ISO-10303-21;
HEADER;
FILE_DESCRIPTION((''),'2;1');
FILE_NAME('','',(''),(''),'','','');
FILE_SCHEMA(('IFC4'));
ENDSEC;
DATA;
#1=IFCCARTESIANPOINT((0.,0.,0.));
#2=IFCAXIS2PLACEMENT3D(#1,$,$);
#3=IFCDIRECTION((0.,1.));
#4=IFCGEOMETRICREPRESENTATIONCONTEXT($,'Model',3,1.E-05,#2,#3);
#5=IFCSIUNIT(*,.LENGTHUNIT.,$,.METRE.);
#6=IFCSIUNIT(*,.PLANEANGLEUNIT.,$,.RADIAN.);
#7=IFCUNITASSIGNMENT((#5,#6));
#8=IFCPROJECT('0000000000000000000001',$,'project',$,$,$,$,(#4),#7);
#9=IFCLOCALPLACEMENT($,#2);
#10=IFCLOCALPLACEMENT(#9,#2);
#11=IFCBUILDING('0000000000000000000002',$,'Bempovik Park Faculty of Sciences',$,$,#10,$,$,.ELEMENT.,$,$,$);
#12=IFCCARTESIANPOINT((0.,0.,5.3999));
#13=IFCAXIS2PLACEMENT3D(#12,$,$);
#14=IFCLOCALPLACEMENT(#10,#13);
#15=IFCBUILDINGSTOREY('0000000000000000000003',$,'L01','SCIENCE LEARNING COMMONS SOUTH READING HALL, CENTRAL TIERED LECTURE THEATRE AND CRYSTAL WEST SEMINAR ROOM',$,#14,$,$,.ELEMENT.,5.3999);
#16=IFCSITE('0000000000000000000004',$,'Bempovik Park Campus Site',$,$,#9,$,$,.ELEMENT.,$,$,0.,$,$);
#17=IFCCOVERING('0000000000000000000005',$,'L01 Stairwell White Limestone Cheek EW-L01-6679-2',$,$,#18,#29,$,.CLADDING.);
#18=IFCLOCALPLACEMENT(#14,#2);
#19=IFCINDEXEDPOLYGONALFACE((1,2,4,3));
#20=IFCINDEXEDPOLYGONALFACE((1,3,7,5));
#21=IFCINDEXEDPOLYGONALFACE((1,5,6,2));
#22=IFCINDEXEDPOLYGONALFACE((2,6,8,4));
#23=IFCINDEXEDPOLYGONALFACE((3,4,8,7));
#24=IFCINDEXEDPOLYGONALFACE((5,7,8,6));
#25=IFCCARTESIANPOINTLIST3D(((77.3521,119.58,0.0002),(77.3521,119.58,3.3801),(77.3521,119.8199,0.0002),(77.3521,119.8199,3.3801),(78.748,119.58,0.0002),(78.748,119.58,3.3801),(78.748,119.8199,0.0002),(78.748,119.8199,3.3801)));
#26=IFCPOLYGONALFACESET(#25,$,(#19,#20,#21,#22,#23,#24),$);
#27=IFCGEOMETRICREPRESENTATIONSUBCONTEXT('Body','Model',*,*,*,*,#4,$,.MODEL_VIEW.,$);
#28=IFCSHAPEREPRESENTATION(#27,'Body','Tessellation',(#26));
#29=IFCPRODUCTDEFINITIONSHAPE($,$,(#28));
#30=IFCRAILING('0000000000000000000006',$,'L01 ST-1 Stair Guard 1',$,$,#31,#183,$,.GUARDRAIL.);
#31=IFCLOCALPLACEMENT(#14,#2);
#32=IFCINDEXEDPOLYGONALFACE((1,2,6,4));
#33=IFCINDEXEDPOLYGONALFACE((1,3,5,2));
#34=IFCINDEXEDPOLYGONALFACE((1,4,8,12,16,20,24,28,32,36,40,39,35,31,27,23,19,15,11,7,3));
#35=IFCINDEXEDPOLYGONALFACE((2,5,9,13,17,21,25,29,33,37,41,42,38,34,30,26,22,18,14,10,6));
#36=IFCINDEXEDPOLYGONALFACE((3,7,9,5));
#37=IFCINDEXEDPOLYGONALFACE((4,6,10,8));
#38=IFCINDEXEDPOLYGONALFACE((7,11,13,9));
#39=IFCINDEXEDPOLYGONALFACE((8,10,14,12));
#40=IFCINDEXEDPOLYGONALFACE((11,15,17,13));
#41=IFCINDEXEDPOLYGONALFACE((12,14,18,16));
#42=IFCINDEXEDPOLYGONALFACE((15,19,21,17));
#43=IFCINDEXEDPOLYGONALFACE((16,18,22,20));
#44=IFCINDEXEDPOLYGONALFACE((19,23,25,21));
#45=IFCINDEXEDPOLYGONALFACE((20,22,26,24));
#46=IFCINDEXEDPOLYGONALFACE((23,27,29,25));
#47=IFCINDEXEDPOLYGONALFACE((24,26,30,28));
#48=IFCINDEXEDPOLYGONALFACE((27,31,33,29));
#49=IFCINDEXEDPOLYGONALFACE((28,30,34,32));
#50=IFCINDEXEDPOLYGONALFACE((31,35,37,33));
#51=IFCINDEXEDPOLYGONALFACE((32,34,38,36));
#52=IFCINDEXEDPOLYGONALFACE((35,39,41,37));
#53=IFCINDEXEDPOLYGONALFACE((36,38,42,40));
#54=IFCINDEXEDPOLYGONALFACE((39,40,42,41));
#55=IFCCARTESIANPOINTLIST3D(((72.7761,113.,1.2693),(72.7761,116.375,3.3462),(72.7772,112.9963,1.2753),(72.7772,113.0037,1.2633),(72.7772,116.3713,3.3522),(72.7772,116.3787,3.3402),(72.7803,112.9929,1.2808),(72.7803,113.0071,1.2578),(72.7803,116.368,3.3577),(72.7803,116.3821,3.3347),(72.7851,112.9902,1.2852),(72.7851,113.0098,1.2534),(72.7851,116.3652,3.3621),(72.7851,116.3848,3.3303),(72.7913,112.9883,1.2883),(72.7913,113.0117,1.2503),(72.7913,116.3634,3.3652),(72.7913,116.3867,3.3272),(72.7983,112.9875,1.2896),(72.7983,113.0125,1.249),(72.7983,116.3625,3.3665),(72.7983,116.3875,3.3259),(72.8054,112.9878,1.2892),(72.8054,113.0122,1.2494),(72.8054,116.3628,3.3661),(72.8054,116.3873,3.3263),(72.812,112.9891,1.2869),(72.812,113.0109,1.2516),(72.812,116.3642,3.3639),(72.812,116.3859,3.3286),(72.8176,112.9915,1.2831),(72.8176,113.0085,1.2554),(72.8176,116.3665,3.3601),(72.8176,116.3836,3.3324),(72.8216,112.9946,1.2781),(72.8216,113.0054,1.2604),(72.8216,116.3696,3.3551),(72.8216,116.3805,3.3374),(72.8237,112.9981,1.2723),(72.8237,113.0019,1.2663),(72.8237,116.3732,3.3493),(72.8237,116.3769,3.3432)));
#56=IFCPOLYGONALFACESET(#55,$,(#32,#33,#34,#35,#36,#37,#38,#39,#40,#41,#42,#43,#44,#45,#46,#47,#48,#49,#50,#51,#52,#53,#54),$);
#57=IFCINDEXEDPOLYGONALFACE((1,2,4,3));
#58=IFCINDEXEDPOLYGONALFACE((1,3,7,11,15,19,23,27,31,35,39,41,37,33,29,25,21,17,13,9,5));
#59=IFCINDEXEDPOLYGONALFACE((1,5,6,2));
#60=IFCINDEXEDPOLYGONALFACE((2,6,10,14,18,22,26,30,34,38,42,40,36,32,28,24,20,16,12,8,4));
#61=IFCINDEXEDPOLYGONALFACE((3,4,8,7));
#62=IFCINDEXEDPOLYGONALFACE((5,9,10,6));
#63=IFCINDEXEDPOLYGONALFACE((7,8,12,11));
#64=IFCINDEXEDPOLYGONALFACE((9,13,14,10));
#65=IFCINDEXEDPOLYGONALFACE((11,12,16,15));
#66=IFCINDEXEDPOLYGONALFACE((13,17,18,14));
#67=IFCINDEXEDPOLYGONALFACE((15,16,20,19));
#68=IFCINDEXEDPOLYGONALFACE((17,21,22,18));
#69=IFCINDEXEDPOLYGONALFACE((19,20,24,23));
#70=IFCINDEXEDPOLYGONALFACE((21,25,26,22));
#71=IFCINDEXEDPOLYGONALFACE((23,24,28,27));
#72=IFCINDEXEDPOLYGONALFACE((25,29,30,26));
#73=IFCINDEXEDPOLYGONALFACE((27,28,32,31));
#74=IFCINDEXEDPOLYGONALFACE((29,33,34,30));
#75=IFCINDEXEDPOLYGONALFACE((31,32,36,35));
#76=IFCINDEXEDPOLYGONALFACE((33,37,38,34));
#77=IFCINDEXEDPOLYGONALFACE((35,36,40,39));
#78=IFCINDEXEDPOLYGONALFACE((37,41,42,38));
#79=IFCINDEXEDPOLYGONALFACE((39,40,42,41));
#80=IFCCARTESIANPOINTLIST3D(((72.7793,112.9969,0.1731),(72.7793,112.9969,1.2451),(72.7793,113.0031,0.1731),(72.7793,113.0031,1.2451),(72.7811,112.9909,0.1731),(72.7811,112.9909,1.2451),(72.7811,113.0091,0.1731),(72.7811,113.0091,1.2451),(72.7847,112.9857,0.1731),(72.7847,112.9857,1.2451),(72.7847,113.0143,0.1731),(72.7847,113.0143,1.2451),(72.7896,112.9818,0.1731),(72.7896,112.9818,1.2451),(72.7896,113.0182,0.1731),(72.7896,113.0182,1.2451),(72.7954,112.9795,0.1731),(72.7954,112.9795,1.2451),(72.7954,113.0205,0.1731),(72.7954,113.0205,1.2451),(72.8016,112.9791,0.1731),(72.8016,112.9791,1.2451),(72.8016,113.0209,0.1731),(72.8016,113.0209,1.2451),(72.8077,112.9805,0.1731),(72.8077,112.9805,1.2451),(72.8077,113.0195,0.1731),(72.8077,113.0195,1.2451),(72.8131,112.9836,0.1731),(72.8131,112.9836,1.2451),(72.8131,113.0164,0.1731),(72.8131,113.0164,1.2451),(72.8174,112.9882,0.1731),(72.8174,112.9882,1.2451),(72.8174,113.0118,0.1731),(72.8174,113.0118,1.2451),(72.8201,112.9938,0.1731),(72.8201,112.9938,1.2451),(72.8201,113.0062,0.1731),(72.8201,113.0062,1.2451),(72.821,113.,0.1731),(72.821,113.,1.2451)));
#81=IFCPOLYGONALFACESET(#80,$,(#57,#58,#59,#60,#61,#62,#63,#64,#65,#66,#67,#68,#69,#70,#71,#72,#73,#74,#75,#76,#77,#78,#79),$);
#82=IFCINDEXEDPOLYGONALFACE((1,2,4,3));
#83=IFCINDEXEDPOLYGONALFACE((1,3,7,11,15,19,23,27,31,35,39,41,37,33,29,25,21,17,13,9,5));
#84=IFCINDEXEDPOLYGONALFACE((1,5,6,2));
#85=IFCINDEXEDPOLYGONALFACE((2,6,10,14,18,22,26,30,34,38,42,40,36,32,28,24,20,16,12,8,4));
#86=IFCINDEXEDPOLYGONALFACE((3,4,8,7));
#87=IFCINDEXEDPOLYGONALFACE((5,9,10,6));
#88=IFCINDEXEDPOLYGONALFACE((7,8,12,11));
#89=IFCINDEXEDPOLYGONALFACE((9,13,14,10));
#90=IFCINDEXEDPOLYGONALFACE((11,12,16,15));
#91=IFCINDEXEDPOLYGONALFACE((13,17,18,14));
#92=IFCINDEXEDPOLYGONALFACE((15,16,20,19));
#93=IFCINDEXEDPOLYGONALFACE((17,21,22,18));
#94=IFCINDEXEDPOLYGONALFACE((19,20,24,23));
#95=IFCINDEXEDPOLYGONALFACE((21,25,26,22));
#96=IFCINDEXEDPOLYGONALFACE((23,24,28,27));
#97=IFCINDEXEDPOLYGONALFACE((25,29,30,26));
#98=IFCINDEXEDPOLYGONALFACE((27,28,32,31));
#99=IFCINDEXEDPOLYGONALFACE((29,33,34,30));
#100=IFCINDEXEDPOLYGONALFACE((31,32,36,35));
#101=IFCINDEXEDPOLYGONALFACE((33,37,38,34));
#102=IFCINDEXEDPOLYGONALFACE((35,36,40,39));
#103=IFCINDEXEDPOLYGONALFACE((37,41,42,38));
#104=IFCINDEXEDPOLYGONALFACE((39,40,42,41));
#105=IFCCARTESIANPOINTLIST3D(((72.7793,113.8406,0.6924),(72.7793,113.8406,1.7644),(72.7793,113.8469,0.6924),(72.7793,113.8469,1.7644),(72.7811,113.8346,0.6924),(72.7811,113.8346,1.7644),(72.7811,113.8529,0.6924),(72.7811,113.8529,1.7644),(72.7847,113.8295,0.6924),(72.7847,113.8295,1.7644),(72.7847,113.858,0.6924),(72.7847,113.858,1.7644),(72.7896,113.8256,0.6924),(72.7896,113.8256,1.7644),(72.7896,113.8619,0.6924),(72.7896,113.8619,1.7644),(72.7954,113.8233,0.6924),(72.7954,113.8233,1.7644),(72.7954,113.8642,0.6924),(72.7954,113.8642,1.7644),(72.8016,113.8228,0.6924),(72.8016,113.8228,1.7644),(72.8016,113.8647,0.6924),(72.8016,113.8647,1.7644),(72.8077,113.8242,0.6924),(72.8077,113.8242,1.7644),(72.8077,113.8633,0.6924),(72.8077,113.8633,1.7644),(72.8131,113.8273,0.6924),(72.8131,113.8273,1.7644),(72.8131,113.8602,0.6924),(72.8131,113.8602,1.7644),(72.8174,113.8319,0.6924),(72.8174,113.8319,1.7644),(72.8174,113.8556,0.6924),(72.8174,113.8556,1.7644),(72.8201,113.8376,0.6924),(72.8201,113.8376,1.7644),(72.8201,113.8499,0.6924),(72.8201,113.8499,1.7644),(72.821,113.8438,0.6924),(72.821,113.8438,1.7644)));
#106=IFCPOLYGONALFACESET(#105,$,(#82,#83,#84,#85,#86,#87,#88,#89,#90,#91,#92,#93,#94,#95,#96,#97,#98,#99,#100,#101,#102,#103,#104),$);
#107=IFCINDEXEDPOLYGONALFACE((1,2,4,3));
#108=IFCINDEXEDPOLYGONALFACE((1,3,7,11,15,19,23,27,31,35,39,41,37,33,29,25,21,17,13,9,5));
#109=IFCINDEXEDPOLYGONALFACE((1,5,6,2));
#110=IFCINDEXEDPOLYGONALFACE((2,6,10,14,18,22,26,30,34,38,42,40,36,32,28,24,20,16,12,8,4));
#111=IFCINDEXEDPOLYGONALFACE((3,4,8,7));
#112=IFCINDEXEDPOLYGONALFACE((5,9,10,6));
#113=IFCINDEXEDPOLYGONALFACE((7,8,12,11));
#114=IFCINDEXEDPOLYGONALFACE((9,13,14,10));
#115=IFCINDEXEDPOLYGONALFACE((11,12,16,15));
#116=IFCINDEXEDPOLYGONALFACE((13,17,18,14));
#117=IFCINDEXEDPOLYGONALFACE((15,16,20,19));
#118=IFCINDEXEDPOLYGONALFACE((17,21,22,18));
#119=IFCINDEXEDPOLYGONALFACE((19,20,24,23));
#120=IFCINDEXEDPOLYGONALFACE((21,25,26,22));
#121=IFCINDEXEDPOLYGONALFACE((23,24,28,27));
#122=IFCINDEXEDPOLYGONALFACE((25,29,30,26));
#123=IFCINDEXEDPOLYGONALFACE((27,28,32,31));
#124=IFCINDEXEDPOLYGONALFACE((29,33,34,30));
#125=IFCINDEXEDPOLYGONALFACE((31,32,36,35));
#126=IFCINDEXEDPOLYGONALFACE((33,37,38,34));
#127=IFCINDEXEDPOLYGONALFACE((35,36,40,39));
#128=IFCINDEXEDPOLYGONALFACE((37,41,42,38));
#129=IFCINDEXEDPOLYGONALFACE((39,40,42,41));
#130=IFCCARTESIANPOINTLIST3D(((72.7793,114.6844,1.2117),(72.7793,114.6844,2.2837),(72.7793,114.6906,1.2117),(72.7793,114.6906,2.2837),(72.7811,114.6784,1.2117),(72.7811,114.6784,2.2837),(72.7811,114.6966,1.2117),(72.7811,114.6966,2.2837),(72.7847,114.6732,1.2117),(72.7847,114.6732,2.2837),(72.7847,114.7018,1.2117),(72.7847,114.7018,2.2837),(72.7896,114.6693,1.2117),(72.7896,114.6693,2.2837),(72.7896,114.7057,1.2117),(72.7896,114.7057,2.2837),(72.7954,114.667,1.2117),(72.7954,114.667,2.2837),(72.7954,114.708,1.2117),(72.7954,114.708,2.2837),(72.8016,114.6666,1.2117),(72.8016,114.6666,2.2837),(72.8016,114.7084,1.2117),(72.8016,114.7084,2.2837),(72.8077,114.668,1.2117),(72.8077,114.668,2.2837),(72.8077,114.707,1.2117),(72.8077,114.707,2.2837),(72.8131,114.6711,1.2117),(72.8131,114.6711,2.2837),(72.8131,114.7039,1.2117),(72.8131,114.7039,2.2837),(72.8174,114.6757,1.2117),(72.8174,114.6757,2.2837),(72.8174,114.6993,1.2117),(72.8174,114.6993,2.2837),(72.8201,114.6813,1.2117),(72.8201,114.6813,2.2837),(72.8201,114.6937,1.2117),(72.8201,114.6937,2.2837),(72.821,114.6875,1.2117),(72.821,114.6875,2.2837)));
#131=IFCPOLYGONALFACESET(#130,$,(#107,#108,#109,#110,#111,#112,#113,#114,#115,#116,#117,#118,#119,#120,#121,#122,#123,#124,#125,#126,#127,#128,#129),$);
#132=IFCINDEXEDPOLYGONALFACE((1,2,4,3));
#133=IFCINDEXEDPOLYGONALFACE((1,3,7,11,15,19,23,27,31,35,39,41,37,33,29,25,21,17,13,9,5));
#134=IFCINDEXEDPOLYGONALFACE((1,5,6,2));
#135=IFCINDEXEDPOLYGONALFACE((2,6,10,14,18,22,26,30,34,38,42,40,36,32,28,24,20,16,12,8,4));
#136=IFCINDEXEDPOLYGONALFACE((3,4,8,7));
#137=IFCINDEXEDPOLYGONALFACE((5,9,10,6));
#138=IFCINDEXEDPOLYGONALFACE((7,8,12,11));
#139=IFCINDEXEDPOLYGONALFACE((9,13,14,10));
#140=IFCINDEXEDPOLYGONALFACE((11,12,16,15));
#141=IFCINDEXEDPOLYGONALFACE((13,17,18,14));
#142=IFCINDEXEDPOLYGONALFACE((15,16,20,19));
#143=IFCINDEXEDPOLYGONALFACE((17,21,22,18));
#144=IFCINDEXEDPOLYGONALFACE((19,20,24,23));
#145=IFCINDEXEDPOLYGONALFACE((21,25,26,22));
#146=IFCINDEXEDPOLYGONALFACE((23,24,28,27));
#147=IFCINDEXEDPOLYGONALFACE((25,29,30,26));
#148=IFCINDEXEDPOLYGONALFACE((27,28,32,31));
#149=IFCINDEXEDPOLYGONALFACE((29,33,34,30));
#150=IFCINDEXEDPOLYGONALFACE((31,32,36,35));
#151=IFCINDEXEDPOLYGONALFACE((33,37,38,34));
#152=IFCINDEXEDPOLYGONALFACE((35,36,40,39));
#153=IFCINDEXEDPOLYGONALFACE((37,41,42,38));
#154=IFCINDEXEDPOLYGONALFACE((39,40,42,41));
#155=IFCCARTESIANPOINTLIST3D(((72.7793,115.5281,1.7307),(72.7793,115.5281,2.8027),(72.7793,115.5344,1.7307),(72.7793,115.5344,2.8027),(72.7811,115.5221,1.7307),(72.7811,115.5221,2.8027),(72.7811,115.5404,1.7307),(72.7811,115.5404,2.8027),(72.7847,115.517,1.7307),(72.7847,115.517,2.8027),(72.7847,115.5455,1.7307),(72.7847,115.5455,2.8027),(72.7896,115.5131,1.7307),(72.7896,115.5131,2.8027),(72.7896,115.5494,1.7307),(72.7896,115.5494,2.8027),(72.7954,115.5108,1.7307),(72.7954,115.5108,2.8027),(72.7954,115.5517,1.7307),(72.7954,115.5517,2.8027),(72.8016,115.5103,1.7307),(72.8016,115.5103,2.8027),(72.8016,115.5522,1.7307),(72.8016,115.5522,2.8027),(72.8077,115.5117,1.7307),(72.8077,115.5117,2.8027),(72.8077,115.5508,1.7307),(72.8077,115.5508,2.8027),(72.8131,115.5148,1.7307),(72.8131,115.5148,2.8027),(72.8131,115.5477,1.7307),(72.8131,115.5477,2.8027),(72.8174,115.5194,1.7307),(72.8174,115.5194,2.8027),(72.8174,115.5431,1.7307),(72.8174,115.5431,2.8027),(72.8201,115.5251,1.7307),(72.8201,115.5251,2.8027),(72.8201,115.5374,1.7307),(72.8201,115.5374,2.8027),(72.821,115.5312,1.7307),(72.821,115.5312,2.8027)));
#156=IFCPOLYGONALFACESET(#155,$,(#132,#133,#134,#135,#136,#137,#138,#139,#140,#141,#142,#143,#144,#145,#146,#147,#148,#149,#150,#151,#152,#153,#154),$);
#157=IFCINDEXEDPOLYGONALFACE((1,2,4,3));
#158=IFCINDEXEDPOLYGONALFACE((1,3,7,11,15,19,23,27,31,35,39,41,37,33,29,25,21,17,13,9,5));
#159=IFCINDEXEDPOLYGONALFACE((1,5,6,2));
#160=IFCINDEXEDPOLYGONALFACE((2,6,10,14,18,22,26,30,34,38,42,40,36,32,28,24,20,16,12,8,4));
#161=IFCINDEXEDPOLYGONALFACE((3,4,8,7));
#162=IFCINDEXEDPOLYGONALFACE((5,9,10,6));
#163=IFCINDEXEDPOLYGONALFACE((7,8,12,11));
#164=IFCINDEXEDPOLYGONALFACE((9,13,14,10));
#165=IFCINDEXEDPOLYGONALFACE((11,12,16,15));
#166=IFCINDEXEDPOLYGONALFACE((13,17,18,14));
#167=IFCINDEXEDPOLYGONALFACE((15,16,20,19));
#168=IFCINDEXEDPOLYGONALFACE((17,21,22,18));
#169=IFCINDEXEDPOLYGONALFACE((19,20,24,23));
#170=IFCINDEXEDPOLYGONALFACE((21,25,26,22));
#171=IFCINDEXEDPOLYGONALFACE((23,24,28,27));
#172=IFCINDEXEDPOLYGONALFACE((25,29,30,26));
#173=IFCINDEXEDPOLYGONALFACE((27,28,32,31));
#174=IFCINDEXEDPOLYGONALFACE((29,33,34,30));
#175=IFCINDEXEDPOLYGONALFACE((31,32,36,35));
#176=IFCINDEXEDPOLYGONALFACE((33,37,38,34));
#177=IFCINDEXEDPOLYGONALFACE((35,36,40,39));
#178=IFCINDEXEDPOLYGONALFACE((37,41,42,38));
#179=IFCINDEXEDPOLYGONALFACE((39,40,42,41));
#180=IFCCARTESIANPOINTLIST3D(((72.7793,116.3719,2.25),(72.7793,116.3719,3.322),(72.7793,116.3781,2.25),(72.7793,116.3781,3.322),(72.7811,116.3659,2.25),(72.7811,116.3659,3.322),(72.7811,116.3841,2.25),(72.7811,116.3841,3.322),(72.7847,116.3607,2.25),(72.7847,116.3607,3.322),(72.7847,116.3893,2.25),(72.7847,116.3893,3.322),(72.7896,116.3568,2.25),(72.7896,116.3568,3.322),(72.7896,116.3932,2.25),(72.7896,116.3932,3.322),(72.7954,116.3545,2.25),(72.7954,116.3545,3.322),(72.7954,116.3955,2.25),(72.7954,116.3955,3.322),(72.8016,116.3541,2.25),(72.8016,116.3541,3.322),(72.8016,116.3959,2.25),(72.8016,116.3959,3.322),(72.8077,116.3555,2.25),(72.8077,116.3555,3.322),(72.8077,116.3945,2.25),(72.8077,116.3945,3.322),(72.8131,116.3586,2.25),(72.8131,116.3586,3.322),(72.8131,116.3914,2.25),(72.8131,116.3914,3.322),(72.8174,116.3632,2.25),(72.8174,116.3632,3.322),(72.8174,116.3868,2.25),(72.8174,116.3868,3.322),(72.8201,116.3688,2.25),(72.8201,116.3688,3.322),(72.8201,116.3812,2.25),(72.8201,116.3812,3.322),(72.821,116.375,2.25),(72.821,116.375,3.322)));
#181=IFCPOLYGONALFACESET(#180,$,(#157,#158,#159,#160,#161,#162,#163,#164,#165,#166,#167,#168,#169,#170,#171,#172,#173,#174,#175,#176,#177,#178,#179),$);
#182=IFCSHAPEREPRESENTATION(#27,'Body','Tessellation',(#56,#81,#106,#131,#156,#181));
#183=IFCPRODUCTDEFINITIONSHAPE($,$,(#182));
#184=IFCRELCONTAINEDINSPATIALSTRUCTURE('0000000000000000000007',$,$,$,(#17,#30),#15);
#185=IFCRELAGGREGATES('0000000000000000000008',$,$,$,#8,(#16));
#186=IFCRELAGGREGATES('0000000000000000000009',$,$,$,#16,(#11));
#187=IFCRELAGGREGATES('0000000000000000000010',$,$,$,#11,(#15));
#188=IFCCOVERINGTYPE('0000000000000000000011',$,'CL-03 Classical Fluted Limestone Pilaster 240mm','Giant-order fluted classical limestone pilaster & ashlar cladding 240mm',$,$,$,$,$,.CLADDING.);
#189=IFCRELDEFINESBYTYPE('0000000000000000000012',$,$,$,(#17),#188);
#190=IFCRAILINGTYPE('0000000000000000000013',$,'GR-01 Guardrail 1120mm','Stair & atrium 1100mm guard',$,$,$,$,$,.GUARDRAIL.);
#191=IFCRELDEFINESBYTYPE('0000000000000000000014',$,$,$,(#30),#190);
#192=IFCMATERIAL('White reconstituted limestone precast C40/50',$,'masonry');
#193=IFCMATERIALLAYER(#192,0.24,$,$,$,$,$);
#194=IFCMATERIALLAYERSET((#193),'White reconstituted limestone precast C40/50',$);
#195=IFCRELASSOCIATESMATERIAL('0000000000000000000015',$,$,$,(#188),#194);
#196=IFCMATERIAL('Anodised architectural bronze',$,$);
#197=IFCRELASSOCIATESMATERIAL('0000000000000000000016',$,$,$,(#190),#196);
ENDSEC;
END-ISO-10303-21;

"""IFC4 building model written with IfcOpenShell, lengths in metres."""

from ifc_helpers import new_model, si_unit, direction, frame, origin, origin_2d, place, context, subcontext, project, spatial, rectangle, circle, extrude, material, layer, layer_set, type_object, element, save


model = new_model("IFC4")

# Units and contexts
model_context = context("Model", 3, precision=1e-05, world=origin(), true_north=direction((0.0, 1.0)))
body_context = subcontext(model_context, "Body", "Model", "MODEL_VIEW")
ifc_project = project(units=[si_unit("LENGTHUNIT", "METRE"), si_unit("PLANEANGLEUNIT", "RADIAN")], contexts=[model_context])

# Site, building, storey
site_placement = place(None, origin())
site = spatial("IfcSite", under=ifc_project, at=site_placement, Name="Bempovik Park Campus Site", CompositionType="ELEMENT", RefElevation=0.0)
building_placement = place(site_placement, origin())
building = spatial("IfcBuilding", under=site, at=building_placement, Name="Bempovik Park Faculty of Sciences", CompositionType="ELEMENT")
storey_placement = place(building_placement, frame((0.0, 0.0, 5.3999)))
storey = spatial("IfcBuildingStorey", under=building, at=storey_placement, Name="L01", Description="SCIENCE LEARNING COMMONS SOUTH READING HALL, CENTRAL TIERED LECTURE THEATRE AND CRYSTAL WEST SEMINAR ROOM", CompositionType="ELEMENT", Elevation=5.3999)

# Covering
ifc_material_1 = material(Name="White reconstituted limestone precast C40/50", Category="masonry")
ifc_layer_1 = layer(ifc_material_1, 0.24)
ifc_layer_set_1 = layer_set([ifc_layer_1], Name="White reconstituted limestone precast C40/50")
covering_type = type_object("IfcCoveringType", Name="CL-03 Classical Fluted Limestone Pilaster 240mm", Description="Giant-order fluted classical limestone pilaster & ashlar cladding 240mm", PredefinedType="CLADDING", material=ifc_layer_set_1)
for number, where, z_axis, x_axis, name in (
    (1, (78.05, 119.7, 0.0002), (0.0, 0.0, 1.0), (1.0, 0.0, 0.0), "L01 Stairwell White Limestone Cheek EW-L01-6679-2"),
):
    element("IfcCovering", number, at=place(storey_placement, frame(where, z_axis=z_axis, x_axis=x_axis)), inside=storey, type_object=covering_type, Name=name, PredefinedType="CLADDING", context=body_context, shape_type="SweptSolid", body=[
        extrude(rectangle(XDim=1.396, YDim=0.24, at=origin_2d()), origin(), (0.0, 0.0, 1.0), 3.3799),
    ])

# Railing
ifc_material_2 = material(Name="Anodised architectural bronze")
railing_type_1 = type_object("IfcRailingType", Name="GR-01 Guardrail 1120mm", Description="Stair & atrium 1100mm guard", PredefinedType="GUARDRAIL", material=ifc_material_2)
railing_1_placement = place(storey_placement, frame((72.8, 113.0, 0.1731)))
element("IfcRailing", 2, at=railing_1_placement, inside=storey, type_object=railing_type_1, Name="L01 ST-1 Stair Guard 1", PredefinedType="GUARDRAIL", context=body_context, shape_type="SweptSolid", body=[
    extrude(circle(Radius=0.0239, at=origin_2d()), frame((0.0, 0.0, 1.0962), z_axis=(0.0, 0.85166, 0.524094), x_axis=(-1.0, 0.0, 0.0)), (0.0, 0.0, 1.0), 3.9629),
    extrude(circle(Radius=0.021, at=origin_2d()), origin(), (0.0, 0.0, 1.0), 1.072),
    extrude(circle(Radius=0.021, at=origin_2d()), frame((0.0, 0.8438, 0.5193)), (0.0, 0.0, 1.0), 1.072),
    extrude(circle(Radius=0.021, at=origin_2d()), frame((0.0, 1.6875, 1.0386)), (0.0, 0.0, 1.0), 1.072),
    extrude(circle(Radius=0.021, at=origin_2d()), frame((0.0, 2.5312, 1.5576)), (0.0, 0.0, 1.0), 1.072),
    extrude(circle(Radius=0.021, at=origin_2d()), frame((0.0, 3.375, 2.0769)), (0.0, 0.0, 1.0), 1.072),
])

save(model, "model.ifc")
